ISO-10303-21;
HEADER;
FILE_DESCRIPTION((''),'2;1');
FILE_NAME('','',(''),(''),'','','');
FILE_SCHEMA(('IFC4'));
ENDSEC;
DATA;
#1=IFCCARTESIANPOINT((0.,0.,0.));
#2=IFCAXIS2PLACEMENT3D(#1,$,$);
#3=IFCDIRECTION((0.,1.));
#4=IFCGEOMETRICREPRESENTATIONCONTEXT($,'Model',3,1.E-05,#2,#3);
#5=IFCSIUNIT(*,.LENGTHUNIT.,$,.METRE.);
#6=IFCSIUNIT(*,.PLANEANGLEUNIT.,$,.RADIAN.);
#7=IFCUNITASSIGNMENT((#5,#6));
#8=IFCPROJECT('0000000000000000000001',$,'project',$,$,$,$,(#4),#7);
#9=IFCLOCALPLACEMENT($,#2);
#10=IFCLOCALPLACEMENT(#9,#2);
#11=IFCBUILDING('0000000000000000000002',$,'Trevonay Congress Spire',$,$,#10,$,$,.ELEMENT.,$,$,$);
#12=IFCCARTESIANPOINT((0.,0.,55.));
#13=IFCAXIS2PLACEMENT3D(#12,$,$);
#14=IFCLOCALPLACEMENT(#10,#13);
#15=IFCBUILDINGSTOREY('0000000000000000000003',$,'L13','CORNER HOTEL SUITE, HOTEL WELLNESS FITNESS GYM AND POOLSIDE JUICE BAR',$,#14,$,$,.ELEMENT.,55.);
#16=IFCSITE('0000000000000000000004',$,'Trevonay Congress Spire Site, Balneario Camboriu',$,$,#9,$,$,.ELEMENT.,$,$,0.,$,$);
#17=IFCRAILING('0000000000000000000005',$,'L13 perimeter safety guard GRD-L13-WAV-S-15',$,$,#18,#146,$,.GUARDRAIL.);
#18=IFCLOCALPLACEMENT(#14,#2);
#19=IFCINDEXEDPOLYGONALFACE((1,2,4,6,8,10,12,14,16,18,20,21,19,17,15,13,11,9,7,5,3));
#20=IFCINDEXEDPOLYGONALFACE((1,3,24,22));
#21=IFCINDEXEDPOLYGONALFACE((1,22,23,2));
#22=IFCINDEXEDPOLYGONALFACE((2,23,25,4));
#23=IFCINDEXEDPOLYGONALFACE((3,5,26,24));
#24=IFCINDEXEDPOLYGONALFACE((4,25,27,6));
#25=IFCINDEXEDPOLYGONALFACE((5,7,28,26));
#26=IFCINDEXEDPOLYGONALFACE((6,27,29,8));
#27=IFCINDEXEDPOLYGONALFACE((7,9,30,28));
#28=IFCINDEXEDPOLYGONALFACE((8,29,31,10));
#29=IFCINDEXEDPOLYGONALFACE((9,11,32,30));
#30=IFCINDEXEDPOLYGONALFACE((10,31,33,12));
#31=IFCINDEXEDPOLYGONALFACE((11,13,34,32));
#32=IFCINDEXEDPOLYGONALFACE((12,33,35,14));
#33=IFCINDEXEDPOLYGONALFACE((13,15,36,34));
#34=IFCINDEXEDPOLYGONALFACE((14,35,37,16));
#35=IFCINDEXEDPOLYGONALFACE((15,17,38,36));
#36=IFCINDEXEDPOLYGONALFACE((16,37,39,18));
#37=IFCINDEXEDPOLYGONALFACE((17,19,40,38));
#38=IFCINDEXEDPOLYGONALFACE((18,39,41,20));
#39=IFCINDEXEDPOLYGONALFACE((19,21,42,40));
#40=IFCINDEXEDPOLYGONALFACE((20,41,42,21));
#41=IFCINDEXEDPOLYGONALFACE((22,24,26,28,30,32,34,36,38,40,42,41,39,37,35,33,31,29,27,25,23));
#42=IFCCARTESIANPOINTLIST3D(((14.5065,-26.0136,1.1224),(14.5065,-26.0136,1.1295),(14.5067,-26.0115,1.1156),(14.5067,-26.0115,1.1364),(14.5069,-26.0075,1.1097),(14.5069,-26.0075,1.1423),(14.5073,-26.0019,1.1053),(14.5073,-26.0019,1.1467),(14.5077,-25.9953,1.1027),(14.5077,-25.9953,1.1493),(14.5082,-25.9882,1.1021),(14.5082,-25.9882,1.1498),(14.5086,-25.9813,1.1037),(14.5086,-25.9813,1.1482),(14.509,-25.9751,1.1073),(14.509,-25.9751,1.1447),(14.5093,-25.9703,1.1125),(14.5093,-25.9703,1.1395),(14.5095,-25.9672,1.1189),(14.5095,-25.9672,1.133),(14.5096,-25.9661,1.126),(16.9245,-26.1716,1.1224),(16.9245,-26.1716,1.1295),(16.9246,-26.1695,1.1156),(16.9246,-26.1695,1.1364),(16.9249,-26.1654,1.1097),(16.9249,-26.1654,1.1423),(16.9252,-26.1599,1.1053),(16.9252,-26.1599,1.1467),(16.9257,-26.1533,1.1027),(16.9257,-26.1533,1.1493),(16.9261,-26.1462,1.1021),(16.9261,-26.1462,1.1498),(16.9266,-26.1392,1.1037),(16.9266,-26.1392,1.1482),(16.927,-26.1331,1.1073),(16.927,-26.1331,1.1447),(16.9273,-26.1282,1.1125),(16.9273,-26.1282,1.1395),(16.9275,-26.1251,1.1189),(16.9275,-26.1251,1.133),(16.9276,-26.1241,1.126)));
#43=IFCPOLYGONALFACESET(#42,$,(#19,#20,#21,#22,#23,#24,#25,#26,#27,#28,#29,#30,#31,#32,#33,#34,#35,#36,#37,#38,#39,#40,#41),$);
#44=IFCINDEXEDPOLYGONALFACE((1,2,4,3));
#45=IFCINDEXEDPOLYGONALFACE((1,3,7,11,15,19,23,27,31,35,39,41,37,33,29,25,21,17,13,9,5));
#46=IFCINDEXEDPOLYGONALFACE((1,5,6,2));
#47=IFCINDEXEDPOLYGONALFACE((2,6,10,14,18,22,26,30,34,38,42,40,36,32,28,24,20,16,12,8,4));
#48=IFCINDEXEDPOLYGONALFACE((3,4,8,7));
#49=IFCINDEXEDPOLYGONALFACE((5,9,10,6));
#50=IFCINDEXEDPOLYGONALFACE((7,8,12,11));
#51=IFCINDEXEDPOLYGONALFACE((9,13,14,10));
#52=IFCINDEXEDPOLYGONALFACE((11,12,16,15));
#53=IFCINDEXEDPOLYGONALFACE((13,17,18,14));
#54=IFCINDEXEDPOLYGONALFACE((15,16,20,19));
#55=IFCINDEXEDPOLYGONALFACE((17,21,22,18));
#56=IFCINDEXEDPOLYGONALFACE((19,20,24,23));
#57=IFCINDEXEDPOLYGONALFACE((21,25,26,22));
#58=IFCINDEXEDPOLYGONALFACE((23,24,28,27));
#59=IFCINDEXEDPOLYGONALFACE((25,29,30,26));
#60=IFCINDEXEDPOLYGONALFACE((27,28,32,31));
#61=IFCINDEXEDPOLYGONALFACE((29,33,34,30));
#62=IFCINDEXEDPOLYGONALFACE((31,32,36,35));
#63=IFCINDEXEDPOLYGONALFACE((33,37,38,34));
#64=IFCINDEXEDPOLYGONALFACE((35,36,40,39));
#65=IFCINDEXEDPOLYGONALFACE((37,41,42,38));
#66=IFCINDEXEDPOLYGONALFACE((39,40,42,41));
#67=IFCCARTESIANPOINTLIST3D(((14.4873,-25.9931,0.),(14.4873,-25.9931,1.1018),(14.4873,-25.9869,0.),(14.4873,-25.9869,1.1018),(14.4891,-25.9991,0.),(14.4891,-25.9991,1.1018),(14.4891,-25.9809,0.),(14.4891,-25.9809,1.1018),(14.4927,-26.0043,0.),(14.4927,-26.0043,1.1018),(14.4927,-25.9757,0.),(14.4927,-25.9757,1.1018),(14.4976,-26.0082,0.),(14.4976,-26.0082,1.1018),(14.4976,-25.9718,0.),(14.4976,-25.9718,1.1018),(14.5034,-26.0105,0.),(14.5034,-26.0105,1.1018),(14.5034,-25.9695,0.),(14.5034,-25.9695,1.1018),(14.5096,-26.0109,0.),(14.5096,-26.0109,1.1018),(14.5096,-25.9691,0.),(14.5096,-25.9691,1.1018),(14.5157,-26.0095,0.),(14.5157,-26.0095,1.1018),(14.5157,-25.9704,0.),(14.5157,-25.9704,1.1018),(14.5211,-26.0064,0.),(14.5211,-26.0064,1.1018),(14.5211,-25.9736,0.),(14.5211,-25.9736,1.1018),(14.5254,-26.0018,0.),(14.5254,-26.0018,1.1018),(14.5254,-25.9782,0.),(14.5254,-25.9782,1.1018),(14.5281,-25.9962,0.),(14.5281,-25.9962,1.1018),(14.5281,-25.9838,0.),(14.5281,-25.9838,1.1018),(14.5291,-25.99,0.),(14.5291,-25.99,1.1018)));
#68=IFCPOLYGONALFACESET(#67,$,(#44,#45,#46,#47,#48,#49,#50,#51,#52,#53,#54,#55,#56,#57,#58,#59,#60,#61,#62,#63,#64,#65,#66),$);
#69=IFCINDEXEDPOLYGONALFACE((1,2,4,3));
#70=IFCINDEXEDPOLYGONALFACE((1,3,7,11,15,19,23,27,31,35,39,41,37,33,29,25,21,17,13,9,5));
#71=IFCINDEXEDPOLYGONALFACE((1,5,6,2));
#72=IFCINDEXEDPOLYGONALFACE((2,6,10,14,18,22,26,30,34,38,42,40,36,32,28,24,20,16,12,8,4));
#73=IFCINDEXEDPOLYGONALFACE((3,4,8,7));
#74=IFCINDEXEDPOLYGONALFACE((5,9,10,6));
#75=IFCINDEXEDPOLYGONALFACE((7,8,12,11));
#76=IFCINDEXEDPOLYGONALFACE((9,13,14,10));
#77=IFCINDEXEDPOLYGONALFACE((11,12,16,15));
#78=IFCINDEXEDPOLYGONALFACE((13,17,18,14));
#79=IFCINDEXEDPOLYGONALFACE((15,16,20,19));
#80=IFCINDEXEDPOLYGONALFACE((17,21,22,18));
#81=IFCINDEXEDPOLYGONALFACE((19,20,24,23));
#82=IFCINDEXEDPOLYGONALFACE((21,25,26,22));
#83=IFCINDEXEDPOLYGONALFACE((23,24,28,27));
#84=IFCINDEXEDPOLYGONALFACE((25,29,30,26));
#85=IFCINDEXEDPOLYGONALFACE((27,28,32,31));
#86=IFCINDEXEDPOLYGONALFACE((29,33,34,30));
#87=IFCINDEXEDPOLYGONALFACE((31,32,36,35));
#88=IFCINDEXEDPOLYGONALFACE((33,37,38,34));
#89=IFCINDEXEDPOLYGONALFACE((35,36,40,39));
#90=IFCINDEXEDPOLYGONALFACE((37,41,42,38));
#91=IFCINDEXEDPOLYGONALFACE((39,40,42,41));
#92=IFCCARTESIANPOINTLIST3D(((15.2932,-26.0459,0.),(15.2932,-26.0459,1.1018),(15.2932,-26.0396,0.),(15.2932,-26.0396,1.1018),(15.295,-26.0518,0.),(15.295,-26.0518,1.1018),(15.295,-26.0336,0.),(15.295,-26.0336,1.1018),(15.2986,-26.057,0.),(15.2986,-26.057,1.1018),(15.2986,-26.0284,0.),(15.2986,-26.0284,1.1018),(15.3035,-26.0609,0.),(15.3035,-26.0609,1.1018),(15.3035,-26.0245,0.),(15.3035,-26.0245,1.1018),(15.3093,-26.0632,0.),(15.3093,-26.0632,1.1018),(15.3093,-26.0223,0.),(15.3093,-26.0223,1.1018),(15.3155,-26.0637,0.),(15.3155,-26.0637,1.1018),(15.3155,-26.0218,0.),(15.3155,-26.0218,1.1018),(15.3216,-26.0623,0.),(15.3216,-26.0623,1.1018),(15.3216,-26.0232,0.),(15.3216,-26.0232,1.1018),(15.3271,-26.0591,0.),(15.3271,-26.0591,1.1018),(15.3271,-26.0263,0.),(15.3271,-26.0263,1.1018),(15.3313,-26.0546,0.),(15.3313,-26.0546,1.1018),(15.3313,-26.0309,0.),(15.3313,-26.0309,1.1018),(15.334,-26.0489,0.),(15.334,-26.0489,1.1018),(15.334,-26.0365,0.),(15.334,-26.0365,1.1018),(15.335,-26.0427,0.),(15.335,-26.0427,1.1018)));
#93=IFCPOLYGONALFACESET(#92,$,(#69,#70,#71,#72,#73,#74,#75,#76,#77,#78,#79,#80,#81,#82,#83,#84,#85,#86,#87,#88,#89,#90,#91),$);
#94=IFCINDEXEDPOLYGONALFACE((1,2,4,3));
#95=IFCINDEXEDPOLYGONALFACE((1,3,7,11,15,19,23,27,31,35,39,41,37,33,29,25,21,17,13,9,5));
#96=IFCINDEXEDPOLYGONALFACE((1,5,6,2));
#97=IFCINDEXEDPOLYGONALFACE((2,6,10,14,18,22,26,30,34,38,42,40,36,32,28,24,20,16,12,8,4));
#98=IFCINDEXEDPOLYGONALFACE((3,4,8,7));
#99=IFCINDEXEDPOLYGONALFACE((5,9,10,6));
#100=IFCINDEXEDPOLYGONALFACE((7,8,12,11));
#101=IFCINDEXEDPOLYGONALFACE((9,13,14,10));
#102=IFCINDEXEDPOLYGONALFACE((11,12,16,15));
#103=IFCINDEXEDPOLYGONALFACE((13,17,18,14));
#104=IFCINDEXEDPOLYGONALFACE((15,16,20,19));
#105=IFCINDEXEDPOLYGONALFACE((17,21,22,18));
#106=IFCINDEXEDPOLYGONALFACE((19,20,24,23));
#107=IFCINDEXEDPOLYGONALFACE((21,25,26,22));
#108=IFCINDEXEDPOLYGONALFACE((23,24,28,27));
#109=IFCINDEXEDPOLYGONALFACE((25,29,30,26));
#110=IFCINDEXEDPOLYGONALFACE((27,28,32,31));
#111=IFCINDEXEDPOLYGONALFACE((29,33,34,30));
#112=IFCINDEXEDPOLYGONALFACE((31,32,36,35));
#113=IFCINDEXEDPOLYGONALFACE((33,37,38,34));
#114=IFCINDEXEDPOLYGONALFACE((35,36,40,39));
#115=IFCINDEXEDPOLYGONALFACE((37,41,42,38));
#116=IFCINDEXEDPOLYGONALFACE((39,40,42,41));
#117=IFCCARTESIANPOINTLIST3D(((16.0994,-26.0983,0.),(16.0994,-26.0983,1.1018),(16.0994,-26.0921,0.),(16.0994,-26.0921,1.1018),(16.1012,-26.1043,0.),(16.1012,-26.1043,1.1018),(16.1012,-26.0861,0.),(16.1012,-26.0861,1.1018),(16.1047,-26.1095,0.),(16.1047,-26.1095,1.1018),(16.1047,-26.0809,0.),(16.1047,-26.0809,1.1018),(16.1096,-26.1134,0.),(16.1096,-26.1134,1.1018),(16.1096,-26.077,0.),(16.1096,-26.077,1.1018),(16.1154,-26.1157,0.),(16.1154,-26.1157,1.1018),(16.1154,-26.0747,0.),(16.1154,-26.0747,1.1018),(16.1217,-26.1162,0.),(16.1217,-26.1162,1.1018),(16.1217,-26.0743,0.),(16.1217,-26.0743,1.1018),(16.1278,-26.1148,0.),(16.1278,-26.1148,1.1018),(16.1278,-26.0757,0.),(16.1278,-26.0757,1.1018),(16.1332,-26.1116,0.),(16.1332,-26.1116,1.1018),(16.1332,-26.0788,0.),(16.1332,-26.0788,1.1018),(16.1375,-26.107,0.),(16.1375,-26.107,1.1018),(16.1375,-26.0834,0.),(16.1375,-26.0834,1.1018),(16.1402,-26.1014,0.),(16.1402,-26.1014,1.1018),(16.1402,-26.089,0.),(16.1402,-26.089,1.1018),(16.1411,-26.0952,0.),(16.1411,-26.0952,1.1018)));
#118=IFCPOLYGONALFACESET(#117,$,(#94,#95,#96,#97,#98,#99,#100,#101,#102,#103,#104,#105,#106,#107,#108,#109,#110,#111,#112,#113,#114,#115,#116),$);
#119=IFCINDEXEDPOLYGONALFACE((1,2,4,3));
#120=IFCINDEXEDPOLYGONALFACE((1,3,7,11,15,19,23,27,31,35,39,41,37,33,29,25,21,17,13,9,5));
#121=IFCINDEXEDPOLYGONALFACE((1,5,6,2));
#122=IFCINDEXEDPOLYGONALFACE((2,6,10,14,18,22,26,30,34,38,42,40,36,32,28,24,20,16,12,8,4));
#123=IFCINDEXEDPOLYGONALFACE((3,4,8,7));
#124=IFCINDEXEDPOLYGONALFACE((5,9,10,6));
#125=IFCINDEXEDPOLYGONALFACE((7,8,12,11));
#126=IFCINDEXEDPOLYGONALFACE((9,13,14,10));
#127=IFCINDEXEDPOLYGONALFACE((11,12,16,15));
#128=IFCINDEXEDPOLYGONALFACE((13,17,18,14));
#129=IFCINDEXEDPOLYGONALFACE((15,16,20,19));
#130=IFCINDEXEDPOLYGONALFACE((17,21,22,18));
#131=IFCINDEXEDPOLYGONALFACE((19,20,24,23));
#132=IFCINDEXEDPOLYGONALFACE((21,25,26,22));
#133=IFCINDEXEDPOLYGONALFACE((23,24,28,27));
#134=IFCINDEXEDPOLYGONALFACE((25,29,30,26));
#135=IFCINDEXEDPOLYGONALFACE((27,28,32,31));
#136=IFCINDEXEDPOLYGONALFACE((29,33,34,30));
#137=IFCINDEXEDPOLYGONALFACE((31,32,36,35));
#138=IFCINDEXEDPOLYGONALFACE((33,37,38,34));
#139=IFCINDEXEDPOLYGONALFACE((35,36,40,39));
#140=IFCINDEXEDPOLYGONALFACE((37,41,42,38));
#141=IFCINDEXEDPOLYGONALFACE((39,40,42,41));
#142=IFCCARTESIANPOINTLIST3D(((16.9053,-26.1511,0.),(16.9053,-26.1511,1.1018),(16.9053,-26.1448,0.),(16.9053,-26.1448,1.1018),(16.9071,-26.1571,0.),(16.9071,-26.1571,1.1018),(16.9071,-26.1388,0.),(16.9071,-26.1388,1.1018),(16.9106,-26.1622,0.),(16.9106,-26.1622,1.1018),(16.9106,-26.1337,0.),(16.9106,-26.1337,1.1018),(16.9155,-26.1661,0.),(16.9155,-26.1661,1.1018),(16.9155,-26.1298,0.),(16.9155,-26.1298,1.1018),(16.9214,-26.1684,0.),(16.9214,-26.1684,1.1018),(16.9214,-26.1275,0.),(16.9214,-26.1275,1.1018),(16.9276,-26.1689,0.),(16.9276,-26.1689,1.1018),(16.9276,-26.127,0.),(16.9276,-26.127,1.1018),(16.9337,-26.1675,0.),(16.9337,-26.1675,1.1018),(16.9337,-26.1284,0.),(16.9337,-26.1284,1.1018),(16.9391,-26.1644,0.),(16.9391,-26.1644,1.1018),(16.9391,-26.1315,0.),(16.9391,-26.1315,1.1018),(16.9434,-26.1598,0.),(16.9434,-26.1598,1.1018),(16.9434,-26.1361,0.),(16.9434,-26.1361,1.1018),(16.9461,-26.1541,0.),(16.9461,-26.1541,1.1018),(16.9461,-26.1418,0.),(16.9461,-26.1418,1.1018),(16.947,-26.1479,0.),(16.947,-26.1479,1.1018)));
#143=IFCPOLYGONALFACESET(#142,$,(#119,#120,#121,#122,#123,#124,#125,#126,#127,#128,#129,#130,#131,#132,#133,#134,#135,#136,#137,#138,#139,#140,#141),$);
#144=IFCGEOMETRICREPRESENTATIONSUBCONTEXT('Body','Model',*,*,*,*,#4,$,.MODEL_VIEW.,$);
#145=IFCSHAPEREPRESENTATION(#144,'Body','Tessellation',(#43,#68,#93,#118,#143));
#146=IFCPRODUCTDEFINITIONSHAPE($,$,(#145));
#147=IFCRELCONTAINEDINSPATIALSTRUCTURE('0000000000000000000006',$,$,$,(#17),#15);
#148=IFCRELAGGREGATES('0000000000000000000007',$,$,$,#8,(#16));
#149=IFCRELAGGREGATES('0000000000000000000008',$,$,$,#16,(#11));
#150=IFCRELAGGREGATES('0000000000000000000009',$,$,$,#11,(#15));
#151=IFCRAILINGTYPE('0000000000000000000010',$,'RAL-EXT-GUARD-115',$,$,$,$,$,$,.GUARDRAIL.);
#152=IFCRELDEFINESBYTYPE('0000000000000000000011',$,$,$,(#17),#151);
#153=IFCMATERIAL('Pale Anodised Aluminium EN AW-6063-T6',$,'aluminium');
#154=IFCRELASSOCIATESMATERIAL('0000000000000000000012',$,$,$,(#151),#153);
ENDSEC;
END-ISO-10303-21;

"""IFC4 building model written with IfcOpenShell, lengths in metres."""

from ifc_helpers import new_model, si_unit, direction, frame, origin, origin_2d, place, context, subcontext, project, spatial, circle, extrude, material, type_object, element, save


model = new_model("IFC4")

# Units and contexts
model_context = context("Model", 3, precision=1e-05, world=origin(), true_north=direction((0.0, 1.0)))
body_context = subcontext(model_context, "Body", "Model", "MODEL_VIEW")
ifc_project = project(units=[si_unit("LENGTHUNIT", "METRE"), si_unit("PLANEANGLEUNIT", "RADIAN")], contexts=[model_context])

# Site, building, storey
site_placement = place(None, origin())
site = spatial("IfcSite", under=ifc_project, at=site_placement, Name="Trevonay Congress Spire Site, Balneario Camboriu", CompositionType="ELEMENT", RefElevation=0.0)
building_placement = place(site_placement, origin())
building = spatial("IfcBuilding", under=site, at=building_placement, Name="Trevonay Congress Spire", CompositionType="ELEMENT")
storey_placement = place(building_placement, frame((0.0, 0.0, 55.0)))
storey = spatial("IfcBuildingStorey", under=building, at=storey_placement, Name="L13", Description="CORNER HOTEL SUITE, HOTEL WELLNESS FITNESS GYM AND POOLSIDE JUICE BAR", CompositionType="ELEMENT", Elevation=55.0)

# Shared definitions
ifc_material_1 = material(Name="Pale Anodised Aluminium EN AW-6063-T6", Category="aluminium")

# Railing
railing_type = type_object("IfcRailingType", Name="RAL-EXT-GUARD-115", PredefinedType="GUARDRAIL", material=ifc_material_1)
railing_1_placement = place(storey_placement, frame((14.5081, -25.99, 0.0)))
element("IfcRailing", 1, at=railing_1_placement, inside=storey, type_object=railing_type, Name="L13 perimeter safety guard GRD-L13-WAV-S-15", PredefinedType="GUARDRAIL", context=body_context, shape_type="SweptSolid", body=[
    extrude(circle(Radius=0.0239, at=origin_2d()), frame((0.0, 0.0, 1.126), z_axis=(0.997873, -0.065188, 0.0), x_axis=(0.065188, 0.997873, 0.0)), (0.0, 0.0, 1.0), 2.4231),
    extrude(circle(Radius=0.021, at=origin_2d()), origin(), (0.0, 0.0, 1.0), 1.1018),
    extrude(circle(Radius=0.021, at=origin_2d()), frame((0.8059, -0.0527, 0.0)), (0.0, 0.0, 1.0), 1.1018),
    extrude(circle(Radius=0.021, at=origin_2d()), frame((1.6121, -0.1052, 0.0)), (0.0, 0.0, 1.0), 1.1018),
    extrude(circle(Radius=0.021, at=origin_2d()), frame((2.418, -0.158, 0.0)), (0.0, 0.0, 1.0), 1.1018),
])

save(model, "model.ifc")
